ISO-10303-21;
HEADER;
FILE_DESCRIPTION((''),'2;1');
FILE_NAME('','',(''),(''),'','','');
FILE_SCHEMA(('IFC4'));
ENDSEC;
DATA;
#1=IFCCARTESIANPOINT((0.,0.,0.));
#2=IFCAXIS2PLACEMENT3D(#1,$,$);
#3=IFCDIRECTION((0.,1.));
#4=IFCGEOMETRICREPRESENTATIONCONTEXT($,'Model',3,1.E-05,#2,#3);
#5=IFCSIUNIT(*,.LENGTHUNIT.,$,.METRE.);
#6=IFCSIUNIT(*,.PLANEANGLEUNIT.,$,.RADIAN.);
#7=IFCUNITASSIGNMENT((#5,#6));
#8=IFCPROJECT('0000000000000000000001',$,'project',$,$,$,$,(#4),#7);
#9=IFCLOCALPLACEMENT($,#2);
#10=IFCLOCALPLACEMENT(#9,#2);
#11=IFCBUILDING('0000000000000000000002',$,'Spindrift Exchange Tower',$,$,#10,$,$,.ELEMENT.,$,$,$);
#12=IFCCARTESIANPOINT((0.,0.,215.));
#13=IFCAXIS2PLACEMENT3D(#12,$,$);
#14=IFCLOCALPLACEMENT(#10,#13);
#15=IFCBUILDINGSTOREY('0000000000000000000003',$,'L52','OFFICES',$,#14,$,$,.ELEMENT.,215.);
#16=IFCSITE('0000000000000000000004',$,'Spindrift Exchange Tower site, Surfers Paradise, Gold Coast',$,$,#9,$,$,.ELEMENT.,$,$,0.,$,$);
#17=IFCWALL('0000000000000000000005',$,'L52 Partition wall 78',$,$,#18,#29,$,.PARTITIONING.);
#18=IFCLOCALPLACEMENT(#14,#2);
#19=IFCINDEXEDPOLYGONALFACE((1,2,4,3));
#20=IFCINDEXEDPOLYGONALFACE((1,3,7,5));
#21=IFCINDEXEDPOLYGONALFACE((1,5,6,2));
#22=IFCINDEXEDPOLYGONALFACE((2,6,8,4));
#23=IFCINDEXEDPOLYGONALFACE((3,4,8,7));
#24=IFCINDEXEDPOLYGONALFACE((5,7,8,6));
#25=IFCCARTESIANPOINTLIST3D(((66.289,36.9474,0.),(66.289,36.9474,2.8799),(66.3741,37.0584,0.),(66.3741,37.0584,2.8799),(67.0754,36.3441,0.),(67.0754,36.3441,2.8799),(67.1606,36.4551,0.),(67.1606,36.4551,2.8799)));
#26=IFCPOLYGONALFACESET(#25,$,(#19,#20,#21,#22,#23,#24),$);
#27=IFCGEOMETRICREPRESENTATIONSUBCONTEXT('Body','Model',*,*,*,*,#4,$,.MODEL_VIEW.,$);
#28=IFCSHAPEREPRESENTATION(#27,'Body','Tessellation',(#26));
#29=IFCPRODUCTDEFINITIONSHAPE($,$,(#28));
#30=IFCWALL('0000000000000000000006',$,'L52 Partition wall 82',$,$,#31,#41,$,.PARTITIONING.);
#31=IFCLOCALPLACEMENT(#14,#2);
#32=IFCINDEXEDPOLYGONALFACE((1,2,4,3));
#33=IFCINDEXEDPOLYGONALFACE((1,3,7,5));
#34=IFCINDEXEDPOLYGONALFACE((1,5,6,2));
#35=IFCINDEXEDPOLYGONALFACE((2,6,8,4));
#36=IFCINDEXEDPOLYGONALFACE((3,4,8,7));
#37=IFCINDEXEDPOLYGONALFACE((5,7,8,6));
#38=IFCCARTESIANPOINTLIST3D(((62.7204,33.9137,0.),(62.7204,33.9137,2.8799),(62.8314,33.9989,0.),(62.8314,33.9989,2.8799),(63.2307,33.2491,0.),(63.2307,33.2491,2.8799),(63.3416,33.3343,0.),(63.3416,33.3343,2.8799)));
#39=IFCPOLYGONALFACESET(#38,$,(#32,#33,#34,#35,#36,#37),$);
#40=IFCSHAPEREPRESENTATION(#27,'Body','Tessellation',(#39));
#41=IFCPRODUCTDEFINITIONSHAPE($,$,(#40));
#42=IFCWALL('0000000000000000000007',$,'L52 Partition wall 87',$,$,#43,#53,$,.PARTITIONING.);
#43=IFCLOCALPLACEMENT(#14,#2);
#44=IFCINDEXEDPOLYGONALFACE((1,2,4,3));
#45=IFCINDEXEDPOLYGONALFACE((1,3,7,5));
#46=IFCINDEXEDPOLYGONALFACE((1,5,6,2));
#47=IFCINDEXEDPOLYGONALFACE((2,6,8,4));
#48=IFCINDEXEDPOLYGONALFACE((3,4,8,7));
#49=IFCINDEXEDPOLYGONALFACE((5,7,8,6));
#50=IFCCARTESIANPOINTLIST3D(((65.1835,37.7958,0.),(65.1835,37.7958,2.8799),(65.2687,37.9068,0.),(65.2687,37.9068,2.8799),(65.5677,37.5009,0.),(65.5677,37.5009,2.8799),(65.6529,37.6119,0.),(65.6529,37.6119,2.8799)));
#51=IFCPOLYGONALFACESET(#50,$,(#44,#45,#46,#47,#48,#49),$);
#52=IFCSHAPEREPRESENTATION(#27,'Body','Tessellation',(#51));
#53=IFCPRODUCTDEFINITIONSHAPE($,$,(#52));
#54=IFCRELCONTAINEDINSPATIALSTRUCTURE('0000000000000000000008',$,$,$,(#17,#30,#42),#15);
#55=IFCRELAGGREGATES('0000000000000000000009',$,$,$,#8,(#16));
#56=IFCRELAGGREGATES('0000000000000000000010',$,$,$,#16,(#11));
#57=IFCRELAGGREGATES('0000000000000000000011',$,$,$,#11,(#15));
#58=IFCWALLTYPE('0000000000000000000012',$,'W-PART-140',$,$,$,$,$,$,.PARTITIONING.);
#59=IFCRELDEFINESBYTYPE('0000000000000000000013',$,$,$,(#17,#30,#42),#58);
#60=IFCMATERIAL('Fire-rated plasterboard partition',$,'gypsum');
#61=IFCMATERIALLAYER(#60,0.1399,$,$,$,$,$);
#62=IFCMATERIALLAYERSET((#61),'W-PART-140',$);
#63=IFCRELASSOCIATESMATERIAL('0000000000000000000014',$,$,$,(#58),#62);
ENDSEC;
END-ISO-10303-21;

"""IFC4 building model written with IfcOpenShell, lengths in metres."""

from ifc_helpers import new_model, si_unit, direction, frame, frame_2d, origin, place, context, subcontext, project, spatial, rectangle, extrude, material, layer, layer_set, type_object, element, save


model = new_model("IFC4")

# Units and contexts
model_context = context("Model", 3, precision=1e-05, world=origin(), true_north=direction((0.0, 1.0)))
body_context = subcontext(model_context, "Body", "Model", "MODEL_VIEW")
ifc_project = project(units=[si_unit("LENGTHUNIT", "METRE"), si_unit("PLANEANGLEUNIT", "RADIAN")], contexts=[model_context])

# Site, building, storey
site_placement = place(None, origin())
site = spatial("IfcSite", under=ifc_project, at=site_placement, Name="Spindrift Exchange Tower site, Surfers Paradise, Gold Coast", CompositionType="ELEMENT", RefElevation=0.0)
building_placement = place(site_placement, origin())
building = spatial("IfcBuilding", under=site, at=building_placement, Name="Spindrift Exchange Tower", CompositionType="ELEMENT")
storey_placement = place(building_placement, frame((0.0, 0.0, 215.0)))
storey = spatial("IfcBuildingStorey", under=building, at=storey_placement, Name="L52", Description="OFFICES", CompositionType="ELEMENT", Elevation=215.0)

# Shared definitions
ifc_material_1 = material(Name="Fire-rated plasterboard partition", Category="gypsum")

# Shared definitions
ifc_layer_1 = layer(ifc_material_1, 0.1399)
ifc_layer_set_1 = layer_set([ifc_layer_1], Name="W-PART-140")
wall_type_1 = type_object("IfcWallType", Name="W-PART-140", PredefinedType="PARTITIONING", material=ifc_layer_set_1)

# Walls
wall_1_placement = place(storey_placement, frame((66.3315, 37.0029, 0.0), z_axis=(0.0, 0.0, 1.0), x_axis=(0.79342, -0.608675, 0.0)))
element("IfcWall", 1, at=wall_1_placement, inside=storey, type_object=wall_type_1, Name="L52 Partition wall 78", PredefinedType="PARTITIONING", context=body_context, shape_type="SweptSolid", body=[
    extrude(rectangle(XDim=0.9912, YDim=0.1399, at=frame_2d((0.4956, 0.0))), origin(), (0.0, 0.0, 1.0), 2.8799),
])
wall_2_placement = place(storey_placement, frame((62.7759, 33.9563, 0.0), z_axis=(0.0, 0.0, 1.0), x_axis=(0.609006, -0.793165, 0.0)))
element("IfcWall", 2, at=wall_2_placement, inside=storey, type_object=wall_type_1, Name="L52 Partition wall 82", PredefinedType="PARTITIONING", context=body_context, shape_type="SweptSolid", body=[
    extrude(rectangle(XDim=0.8379, YDim=0.1399, at=frame_2d((0.4189, 0.0))), origin(), (0.0, 0.0, 1.0), 2.8799),
])
wall_3_placement = place(storey_placement, frame((65.2261, 37.8513, 0.0), z_axis=(0.0, 0.0, 1.0), x_axis=(0.793298, -0.608834, 0.0)))
element("IfcWall", 3, at=wall_3_placement, inside=storey, type_object=wall_type_1, Name="L52 Partition wall 87", PredefinedType="PARTITIONING", context=body_context, shape_type="SweptSolid", body=[
    extrude(rectangle(XDim=0.4844, YDim=0.1399, at=frame_2d((0.2422, 0.0))), origin(), (0.0, 0.0, 1.0), 2.8799),
])

save(model, "model.ifc")
